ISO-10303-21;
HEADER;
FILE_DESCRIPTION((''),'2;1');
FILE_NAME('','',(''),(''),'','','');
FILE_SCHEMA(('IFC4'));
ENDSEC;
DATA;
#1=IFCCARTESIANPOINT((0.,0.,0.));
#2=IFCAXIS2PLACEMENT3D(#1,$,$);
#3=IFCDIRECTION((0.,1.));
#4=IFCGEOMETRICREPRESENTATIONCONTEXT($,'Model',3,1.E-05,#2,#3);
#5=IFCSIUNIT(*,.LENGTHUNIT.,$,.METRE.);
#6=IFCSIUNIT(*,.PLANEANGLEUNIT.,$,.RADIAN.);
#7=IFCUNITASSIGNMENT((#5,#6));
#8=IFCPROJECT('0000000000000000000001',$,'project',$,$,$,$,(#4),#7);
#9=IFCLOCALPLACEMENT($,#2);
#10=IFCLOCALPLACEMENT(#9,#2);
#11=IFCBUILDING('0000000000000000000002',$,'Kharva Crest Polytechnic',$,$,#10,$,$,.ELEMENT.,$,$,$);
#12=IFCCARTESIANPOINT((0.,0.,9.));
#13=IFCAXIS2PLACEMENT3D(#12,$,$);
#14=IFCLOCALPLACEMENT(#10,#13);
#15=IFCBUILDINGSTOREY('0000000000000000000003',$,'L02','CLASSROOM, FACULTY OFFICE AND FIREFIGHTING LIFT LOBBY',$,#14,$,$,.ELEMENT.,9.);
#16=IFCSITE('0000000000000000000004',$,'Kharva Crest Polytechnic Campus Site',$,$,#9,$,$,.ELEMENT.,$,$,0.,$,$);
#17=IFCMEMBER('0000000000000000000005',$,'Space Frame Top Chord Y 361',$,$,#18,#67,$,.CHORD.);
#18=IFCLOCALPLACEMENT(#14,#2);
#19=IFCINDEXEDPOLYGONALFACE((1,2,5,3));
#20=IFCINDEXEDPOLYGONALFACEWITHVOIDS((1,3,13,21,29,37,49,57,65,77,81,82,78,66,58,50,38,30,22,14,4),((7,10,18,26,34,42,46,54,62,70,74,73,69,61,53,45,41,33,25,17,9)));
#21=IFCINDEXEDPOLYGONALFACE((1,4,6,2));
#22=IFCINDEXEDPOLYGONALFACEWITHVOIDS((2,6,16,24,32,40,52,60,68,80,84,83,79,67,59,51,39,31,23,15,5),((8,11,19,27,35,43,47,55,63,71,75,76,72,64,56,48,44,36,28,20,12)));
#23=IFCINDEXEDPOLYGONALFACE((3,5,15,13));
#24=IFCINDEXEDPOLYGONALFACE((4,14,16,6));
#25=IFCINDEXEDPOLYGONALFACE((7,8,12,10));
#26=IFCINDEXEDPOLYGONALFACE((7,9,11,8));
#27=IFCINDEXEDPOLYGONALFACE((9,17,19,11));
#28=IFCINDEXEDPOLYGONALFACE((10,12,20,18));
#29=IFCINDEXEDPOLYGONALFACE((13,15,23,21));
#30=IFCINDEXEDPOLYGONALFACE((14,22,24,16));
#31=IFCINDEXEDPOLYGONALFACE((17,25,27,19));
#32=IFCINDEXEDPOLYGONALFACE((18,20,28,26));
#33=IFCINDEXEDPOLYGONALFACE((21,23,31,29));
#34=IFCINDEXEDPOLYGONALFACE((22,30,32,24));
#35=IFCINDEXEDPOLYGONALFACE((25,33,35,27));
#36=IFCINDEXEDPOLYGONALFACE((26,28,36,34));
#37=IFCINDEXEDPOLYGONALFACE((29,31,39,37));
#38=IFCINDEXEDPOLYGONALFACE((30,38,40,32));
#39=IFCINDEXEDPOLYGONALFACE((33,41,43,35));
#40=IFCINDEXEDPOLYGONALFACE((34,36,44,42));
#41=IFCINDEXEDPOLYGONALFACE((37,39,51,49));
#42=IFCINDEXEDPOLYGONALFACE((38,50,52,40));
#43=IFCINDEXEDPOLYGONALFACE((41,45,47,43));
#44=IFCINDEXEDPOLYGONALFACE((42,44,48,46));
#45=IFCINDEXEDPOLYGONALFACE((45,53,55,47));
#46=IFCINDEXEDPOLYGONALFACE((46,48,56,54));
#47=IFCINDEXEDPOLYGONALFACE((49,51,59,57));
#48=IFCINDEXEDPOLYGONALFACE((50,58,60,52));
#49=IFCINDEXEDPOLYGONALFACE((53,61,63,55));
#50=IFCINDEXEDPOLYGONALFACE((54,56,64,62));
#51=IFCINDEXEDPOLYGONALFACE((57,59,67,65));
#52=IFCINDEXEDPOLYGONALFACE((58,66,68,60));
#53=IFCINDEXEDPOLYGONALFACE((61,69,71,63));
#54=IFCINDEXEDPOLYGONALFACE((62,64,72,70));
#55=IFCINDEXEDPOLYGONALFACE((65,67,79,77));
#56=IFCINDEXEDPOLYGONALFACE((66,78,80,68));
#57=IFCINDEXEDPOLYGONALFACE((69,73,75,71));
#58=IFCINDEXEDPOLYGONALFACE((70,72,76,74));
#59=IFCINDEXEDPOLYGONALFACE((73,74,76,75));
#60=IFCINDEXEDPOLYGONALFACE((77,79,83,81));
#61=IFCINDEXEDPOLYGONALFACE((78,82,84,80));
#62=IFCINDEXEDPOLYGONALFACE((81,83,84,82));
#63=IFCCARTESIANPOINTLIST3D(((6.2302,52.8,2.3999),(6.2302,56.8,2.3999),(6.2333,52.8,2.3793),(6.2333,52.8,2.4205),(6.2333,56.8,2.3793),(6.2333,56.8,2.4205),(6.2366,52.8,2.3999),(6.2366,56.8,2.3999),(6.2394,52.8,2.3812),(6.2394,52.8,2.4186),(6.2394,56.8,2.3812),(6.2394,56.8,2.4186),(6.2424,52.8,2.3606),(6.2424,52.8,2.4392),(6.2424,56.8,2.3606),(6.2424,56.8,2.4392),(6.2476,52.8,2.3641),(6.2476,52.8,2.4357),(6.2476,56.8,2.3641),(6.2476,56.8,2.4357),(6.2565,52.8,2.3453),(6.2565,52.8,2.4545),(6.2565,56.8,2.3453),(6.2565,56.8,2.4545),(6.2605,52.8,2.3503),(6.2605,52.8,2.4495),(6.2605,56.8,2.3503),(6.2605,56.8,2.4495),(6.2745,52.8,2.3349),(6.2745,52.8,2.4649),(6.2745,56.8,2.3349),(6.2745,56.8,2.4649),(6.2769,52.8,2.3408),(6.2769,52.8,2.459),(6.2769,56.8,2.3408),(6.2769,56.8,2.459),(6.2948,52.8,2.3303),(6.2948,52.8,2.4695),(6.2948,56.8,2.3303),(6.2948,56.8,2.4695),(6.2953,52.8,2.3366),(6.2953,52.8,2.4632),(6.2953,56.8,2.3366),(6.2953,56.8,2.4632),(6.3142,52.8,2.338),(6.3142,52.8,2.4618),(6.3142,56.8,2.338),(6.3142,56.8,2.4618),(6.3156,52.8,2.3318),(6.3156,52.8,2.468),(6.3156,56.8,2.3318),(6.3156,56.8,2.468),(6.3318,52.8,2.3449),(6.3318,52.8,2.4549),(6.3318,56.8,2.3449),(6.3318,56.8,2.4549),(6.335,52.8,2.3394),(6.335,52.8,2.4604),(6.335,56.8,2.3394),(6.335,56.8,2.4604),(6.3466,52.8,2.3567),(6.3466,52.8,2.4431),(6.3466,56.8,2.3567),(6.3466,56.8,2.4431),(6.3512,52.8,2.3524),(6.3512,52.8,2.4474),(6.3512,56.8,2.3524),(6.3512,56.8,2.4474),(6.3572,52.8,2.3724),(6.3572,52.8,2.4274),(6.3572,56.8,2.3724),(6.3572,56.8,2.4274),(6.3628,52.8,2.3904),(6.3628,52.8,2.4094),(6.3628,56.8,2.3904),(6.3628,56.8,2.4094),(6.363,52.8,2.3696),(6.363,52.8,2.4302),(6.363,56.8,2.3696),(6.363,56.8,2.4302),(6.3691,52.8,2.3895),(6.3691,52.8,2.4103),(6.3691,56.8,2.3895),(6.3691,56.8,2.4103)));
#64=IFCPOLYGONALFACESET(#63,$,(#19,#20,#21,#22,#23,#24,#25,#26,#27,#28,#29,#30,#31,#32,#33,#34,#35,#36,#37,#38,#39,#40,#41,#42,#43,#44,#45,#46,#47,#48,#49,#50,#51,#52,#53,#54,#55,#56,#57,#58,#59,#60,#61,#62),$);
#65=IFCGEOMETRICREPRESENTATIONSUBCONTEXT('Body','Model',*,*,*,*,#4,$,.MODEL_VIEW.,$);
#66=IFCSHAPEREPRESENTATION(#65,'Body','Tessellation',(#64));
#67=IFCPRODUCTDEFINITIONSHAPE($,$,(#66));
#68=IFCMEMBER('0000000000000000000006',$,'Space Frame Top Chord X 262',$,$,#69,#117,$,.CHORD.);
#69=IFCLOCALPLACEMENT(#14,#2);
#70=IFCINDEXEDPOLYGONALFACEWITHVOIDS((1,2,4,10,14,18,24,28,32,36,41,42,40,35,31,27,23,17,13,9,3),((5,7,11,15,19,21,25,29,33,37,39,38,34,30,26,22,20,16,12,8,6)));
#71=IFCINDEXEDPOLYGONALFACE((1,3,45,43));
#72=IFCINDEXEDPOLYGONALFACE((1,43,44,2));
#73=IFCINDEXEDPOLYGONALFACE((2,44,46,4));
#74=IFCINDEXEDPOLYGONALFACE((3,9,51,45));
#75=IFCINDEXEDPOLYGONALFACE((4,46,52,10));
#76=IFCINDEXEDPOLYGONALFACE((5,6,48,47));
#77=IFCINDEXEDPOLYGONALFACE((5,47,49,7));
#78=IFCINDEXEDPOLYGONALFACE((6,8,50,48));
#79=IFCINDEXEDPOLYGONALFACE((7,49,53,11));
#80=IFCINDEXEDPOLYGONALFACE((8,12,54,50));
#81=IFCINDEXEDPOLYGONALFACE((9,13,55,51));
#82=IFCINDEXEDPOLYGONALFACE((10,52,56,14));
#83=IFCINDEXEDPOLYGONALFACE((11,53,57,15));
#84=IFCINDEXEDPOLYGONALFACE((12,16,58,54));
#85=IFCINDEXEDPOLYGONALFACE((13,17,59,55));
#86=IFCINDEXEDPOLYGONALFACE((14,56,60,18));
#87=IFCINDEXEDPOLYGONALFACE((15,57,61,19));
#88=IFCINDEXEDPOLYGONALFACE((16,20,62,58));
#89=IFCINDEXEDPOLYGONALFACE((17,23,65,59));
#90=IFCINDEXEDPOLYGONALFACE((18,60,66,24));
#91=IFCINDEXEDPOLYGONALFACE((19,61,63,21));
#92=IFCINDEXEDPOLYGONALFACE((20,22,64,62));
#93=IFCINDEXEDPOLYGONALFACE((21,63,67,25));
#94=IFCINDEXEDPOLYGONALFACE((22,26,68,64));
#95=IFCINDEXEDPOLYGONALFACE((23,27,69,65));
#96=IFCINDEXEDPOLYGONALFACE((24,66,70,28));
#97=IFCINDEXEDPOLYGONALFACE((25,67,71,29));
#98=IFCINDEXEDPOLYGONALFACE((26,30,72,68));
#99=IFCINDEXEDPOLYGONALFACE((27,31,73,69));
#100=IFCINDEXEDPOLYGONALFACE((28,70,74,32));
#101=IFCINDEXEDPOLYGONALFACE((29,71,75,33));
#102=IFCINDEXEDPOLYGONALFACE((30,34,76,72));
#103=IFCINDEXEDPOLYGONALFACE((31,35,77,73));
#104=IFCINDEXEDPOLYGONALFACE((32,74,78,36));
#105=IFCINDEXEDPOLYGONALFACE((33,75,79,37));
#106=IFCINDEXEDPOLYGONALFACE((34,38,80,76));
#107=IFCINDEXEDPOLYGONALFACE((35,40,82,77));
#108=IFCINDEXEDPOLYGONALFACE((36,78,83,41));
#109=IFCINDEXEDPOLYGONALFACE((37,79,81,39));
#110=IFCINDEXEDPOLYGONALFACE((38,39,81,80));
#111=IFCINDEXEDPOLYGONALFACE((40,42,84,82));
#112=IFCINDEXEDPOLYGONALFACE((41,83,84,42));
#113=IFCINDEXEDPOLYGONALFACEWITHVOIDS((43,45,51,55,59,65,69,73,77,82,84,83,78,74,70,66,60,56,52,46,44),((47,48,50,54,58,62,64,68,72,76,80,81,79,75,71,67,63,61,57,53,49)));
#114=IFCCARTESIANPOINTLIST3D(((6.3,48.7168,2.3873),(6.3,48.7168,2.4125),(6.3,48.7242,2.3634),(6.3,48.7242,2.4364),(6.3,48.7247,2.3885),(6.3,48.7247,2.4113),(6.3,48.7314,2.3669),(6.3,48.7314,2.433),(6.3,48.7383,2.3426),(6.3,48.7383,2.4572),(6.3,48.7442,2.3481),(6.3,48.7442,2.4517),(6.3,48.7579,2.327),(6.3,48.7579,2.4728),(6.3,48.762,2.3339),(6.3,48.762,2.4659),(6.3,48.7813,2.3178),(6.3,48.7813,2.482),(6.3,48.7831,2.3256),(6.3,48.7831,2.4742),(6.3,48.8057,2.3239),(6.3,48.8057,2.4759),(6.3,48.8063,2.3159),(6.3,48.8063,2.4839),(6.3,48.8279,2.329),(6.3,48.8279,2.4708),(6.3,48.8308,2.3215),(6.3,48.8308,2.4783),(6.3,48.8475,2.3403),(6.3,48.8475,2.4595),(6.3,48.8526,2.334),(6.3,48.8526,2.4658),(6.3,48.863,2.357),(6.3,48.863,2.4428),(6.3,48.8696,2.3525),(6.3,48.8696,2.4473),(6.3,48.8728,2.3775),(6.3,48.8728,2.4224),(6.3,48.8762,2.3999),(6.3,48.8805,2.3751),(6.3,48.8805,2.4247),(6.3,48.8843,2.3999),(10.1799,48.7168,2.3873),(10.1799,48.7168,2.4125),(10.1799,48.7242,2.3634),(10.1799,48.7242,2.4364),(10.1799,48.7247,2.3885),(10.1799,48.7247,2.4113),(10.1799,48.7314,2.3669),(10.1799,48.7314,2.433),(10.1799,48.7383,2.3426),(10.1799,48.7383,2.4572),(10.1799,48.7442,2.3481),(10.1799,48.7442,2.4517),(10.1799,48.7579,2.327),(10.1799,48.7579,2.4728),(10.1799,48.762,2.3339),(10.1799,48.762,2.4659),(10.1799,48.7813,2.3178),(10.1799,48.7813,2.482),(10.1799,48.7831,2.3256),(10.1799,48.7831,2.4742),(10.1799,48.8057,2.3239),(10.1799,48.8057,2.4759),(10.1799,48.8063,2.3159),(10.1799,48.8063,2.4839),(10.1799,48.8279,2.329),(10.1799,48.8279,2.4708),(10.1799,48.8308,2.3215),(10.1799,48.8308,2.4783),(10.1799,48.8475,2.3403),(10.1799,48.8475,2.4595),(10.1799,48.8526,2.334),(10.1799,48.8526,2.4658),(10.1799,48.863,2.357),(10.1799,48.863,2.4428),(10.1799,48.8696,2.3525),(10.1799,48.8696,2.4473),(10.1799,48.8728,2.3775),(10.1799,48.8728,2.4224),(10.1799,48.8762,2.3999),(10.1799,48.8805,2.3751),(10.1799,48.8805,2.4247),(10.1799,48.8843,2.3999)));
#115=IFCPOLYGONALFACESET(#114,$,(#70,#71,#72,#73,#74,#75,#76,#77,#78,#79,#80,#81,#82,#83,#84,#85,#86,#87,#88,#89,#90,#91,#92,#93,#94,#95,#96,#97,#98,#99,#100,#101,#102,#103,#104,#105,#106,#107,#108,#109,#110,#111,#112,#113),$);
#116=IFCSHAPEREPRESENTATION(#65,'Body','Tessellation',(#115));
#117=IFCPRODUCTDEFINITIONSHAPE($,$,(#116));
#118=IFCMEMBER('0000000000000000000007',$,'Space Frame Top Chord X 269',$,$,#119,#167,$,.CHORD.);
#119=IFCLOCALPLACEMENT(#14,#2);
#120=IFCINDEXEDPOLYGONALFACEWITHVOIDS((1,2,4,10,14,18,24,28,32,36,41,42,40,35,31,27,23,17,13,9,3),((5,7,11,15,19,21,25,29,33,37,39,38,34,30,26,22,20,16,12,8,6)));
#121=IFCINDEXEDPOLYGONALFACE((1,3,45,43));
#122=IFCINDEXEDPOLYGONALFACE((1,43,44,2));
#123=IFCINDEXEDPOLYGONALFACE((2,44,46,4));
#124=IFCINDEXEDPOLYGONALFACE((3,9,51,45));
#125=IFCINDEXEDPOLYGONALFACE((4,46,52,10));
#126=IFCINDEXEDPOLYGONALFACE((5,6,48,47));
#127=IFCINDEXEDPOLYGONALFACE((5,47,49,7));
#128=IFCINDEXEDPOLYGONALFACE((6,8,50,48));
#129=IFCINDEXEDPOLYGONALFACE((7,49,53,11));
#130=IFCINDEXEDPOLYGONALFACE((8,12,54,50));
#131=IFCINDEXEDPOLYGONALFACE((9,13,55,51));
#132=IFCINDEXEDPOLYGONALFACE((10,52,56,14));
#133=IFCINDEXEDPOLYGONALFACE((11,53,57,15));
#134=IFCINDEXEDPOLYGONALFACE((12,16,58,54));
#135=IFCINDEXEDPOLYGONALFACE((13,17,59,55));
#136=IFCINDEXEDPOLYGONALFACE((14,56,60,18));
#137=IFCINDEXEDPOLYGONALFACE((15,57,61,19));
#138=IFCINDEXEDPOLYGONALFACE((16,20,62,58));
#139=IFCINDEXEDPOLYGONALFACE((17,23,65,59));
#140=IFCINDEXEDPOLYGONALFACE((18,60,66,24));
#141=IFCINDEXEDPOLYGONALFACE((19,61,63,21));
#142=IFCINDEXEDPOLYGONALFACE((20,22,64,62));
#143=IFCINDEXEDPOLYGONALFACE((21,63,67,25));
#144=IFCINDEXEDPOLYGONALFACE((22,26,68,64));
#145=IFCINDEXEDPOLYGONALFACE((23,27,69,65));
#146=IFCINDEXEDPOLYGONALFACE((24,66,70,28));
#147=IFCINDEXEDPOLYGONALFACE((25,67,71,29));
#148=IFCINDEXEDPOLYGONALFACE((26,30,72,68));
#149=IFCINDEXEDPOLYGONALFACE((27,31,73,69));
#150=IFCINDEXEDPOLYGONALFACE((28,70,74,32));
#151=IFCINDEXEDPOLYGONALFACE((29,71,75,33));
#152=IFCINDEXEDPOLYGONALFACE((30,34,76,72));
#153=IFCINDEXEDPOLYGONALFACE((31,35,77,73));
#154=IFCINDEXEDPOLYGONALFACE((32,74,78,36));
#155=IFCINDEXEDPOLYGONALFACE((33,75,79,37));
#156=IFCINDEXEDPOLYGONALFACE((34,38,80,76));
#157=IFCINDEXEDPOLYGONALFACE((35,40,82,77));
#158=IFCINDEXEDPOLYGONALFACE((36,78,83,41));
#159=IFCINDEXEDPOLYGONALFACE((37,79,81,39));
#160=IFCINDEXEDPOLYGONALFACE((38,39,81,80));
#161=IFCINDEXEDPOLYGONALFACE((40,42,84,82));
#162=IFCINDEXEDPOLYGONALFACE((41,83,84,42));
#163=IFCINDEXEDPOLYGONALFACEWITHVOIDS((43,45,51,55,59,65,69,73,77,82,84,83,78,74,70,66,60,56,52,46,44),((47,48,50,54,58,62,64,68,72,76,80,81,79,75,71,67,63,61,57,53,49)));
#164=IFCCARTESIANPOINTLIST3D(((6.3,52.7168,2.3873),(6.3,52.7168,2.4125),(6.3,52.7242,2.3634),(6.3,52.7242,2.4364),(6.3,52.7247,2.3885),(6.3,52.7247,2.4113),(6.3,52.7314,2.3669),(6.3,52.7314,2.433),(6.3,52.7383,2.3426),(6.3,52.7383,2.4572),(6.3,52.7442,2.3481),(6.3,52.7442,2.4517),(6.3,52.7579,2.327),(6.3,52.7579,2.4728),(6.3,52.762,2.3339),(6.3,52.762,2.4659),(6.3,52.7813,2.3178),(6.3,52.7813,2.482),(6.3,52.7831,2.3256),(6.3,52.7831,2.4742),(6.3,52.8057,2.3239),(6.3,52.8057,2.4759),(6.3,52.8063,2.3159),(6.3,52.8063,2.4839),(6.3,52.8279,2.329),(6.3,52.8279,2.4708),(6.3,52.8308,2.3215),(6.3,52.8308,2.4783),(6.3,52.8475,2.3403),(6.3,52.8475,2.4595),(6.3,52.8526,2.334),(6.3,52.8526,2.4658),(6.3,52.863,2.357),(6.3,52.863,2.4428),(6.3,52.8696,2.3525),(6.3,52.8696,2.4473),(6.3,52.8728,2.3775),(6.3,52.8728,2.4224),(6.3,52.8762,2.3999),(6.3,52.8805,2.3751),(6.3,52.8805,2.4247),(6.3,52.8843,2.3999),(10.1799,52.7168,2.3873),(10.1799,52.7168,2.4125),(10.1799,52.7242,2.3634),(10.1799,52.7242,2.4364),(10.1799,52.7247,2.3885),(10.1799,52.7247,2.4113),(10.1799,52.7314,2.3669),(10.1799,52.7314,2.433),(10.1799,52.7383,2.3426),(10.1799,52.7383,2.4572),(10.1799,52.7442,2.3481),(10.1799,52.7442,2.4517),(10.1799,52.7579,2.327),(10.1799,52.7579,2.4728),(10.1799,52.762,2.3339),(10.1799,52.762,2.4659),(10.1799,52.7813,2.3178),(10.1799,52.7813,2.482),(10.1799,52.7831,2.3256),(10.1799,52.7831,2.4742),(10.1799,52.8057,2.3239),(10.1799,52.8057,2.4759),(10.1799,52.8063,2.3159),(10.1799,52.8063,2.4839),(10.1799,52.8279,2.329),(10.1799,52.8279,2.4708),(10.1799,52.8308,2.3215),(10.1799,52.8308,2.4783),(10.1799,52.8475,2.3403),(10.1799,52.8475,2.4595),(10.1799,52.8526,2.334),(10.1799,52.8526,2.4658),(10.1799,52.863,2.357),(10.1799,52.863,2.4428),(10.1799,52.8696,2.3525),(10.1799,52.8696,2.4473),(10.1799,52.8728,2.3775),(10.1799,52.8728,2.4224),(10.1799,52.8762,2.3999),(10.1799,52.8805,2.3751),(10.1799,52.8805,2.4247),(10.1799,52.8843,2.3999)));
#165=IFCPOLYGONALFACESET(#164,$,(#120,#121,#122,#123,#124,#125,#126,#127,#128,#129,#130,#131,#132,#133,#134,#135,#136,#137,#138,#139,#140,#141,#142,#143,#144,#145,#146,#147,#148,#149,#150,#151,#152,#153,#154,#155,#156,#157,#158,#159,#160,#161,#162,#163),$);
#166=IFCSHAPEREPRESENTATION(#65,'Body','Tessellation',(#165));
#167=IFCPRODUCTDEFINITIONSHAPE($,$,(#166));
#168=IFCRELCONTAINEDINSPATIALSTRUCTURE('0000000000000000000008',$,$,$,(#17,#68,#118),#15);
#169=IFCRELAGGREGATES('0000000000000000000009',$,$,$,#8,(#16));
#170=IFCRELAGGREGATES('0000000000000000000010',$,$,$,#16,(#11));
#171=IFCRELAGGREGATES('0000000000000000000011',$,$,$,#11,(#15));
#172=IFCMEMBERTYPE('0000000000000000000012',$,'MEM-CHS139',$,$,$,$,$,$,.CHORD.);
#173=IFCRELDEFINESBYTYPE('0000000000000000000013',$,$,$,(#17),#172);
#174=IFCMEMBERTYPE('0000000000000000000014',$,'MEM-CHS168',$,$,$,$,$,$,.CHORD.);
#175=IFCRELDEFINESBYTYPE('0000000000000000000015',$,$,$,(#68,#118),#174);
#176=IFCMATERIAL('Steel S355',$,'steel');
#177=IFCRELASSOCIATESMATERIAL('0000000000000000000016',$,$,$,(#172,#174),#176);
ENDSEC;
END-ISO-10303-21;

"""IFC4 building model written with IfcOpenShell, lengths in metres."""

from ifc_helpers import new_model, si_unit, direction, frame, origin, origin_2d, place, context, subcontext, project, spatial, hollow_circle, extrude, material, material_profile, profile_set, type_object, element, save


model = new_model("IFC4")

# Units and contexts
model_context = context("Model", 3, precision=1e-05, world=origin(), true_north=direction((0.0, 1.0)))
body_context = subcontext(model_context, "Body", "Model", "MODEL_VIEW")
ifc_project = project(units=[si_unit("LENGTHUNIT", "METRE"), si_unit("PLANEANGLEUNIT", "RADIAN")], contexts=[model_context])

# Site, building, storey
site_placement = place(None, origin())
site = spatial("IfcSite", under=ifc_project, at=site_placement, Name="Kharva Crest Polytechnic Campus Site", CompositionType="ELEMENT", RefElevation=0.0)
building_placement = place(site_placement, origin())
building = spatial("IfcBuilding", under=site, at=building_placement, Name="Kharva Crest Polytechnic", CompositionType="ELEMENT")
storey_placement = place(building_placement, frame((0.0, 0.0, 9.0)))
storey = spatial("IfcBuildingStorey", under=building, at=storey_placement, Name="L02", Description="CLASSROOM, FACULTY OFFICE AND FIREFIGHTING LIFT LOBBY", CompositionType="ELEMENT", Elevation=9.0)

# Shared definitions
ifc_material_1 = material(Name="Steel S355", Category="steel")

# Members
ifc_material_profile_1 = material_profile(ifc_material_1, hollow_circle(Radius=0.0698, WallThickness=0.0063, at=origin_2d()), Name="CHS 139.7X6.3")
ifc_profile_set_1 = profile_set([ifc_material_profile_1], Name="Steel S355")
member_type_1 = type_object("IfcMemberType", Name="MEM-CHS139", PredefinedType="CHORD", material=ifc_profile_set_1)
for number, where, z_axis, x_axis, name in (
    (1, (6.3, 52.8, 2.3999), (0.0, 1.0, 0.0), (-1.0, 0.0, 0.0), "Space Frame Top Chord Y 361"),
):
    element("IfcMember", number, at=place(storey_placement, frame(where, z_axis=z_axis, x_axis=x_axis)), inside=storey, type_object=member_type_1, Name=name, PredefinedType="CHORD", context=body_context, shape_type="SweptSolid", body=[
        extrude(hollow_circle(Radius=0.0698, WallThickness=0.0063, at=origin_2d()), origin(), (0.0, 0.0, 1.0), 4.0),
    ])
ifc_material_profile_2 = material_profile(ifc_material_1, hollow_circle(Radius=0.0842, WallThickness=0.0081, at=origin_2d()), Name="CHS 168.3X8.0")
ifc_profile_set_2 = profile_set([ifc_material_profile_2], Name="Steel S355")
member_type_2 = type_object("IfcMemberType", Name="MEM-CHS168", PredefinedType="CHORD", material=ifc_profile_set_2)
for number, where, z_axis, x_axis, name in (
    (2, (6.3, 48.8, 2.3999), (1.0, 0.0, 0.0), (0.0, 1.0, 0.0), "Space Frame Top Chord X 262"),
    (3, (6.3, 52.8, 2.3999), (1.0, 0.0, 0.0), (0.0, 1.0, 0.0), "Space Frame Top Chord X 269"),
):
    element("IfcMember", number, at=place(storey_placement, frame(where, z_axis=z_axis, x_axis=x_axis)), inside=storey, type_object=member_type_2, Name=name, PredefinedType="CHORD", context=body_context, shape_type="SweptSolid", body=[
        extrude(hollow_circle(Radius=0.0842, WallThickness=0.0081, at=origin_2d()), origin(), (0.0, 0.0, 1.0), 3.8799),
    ])

save(model, "model.ifc")
